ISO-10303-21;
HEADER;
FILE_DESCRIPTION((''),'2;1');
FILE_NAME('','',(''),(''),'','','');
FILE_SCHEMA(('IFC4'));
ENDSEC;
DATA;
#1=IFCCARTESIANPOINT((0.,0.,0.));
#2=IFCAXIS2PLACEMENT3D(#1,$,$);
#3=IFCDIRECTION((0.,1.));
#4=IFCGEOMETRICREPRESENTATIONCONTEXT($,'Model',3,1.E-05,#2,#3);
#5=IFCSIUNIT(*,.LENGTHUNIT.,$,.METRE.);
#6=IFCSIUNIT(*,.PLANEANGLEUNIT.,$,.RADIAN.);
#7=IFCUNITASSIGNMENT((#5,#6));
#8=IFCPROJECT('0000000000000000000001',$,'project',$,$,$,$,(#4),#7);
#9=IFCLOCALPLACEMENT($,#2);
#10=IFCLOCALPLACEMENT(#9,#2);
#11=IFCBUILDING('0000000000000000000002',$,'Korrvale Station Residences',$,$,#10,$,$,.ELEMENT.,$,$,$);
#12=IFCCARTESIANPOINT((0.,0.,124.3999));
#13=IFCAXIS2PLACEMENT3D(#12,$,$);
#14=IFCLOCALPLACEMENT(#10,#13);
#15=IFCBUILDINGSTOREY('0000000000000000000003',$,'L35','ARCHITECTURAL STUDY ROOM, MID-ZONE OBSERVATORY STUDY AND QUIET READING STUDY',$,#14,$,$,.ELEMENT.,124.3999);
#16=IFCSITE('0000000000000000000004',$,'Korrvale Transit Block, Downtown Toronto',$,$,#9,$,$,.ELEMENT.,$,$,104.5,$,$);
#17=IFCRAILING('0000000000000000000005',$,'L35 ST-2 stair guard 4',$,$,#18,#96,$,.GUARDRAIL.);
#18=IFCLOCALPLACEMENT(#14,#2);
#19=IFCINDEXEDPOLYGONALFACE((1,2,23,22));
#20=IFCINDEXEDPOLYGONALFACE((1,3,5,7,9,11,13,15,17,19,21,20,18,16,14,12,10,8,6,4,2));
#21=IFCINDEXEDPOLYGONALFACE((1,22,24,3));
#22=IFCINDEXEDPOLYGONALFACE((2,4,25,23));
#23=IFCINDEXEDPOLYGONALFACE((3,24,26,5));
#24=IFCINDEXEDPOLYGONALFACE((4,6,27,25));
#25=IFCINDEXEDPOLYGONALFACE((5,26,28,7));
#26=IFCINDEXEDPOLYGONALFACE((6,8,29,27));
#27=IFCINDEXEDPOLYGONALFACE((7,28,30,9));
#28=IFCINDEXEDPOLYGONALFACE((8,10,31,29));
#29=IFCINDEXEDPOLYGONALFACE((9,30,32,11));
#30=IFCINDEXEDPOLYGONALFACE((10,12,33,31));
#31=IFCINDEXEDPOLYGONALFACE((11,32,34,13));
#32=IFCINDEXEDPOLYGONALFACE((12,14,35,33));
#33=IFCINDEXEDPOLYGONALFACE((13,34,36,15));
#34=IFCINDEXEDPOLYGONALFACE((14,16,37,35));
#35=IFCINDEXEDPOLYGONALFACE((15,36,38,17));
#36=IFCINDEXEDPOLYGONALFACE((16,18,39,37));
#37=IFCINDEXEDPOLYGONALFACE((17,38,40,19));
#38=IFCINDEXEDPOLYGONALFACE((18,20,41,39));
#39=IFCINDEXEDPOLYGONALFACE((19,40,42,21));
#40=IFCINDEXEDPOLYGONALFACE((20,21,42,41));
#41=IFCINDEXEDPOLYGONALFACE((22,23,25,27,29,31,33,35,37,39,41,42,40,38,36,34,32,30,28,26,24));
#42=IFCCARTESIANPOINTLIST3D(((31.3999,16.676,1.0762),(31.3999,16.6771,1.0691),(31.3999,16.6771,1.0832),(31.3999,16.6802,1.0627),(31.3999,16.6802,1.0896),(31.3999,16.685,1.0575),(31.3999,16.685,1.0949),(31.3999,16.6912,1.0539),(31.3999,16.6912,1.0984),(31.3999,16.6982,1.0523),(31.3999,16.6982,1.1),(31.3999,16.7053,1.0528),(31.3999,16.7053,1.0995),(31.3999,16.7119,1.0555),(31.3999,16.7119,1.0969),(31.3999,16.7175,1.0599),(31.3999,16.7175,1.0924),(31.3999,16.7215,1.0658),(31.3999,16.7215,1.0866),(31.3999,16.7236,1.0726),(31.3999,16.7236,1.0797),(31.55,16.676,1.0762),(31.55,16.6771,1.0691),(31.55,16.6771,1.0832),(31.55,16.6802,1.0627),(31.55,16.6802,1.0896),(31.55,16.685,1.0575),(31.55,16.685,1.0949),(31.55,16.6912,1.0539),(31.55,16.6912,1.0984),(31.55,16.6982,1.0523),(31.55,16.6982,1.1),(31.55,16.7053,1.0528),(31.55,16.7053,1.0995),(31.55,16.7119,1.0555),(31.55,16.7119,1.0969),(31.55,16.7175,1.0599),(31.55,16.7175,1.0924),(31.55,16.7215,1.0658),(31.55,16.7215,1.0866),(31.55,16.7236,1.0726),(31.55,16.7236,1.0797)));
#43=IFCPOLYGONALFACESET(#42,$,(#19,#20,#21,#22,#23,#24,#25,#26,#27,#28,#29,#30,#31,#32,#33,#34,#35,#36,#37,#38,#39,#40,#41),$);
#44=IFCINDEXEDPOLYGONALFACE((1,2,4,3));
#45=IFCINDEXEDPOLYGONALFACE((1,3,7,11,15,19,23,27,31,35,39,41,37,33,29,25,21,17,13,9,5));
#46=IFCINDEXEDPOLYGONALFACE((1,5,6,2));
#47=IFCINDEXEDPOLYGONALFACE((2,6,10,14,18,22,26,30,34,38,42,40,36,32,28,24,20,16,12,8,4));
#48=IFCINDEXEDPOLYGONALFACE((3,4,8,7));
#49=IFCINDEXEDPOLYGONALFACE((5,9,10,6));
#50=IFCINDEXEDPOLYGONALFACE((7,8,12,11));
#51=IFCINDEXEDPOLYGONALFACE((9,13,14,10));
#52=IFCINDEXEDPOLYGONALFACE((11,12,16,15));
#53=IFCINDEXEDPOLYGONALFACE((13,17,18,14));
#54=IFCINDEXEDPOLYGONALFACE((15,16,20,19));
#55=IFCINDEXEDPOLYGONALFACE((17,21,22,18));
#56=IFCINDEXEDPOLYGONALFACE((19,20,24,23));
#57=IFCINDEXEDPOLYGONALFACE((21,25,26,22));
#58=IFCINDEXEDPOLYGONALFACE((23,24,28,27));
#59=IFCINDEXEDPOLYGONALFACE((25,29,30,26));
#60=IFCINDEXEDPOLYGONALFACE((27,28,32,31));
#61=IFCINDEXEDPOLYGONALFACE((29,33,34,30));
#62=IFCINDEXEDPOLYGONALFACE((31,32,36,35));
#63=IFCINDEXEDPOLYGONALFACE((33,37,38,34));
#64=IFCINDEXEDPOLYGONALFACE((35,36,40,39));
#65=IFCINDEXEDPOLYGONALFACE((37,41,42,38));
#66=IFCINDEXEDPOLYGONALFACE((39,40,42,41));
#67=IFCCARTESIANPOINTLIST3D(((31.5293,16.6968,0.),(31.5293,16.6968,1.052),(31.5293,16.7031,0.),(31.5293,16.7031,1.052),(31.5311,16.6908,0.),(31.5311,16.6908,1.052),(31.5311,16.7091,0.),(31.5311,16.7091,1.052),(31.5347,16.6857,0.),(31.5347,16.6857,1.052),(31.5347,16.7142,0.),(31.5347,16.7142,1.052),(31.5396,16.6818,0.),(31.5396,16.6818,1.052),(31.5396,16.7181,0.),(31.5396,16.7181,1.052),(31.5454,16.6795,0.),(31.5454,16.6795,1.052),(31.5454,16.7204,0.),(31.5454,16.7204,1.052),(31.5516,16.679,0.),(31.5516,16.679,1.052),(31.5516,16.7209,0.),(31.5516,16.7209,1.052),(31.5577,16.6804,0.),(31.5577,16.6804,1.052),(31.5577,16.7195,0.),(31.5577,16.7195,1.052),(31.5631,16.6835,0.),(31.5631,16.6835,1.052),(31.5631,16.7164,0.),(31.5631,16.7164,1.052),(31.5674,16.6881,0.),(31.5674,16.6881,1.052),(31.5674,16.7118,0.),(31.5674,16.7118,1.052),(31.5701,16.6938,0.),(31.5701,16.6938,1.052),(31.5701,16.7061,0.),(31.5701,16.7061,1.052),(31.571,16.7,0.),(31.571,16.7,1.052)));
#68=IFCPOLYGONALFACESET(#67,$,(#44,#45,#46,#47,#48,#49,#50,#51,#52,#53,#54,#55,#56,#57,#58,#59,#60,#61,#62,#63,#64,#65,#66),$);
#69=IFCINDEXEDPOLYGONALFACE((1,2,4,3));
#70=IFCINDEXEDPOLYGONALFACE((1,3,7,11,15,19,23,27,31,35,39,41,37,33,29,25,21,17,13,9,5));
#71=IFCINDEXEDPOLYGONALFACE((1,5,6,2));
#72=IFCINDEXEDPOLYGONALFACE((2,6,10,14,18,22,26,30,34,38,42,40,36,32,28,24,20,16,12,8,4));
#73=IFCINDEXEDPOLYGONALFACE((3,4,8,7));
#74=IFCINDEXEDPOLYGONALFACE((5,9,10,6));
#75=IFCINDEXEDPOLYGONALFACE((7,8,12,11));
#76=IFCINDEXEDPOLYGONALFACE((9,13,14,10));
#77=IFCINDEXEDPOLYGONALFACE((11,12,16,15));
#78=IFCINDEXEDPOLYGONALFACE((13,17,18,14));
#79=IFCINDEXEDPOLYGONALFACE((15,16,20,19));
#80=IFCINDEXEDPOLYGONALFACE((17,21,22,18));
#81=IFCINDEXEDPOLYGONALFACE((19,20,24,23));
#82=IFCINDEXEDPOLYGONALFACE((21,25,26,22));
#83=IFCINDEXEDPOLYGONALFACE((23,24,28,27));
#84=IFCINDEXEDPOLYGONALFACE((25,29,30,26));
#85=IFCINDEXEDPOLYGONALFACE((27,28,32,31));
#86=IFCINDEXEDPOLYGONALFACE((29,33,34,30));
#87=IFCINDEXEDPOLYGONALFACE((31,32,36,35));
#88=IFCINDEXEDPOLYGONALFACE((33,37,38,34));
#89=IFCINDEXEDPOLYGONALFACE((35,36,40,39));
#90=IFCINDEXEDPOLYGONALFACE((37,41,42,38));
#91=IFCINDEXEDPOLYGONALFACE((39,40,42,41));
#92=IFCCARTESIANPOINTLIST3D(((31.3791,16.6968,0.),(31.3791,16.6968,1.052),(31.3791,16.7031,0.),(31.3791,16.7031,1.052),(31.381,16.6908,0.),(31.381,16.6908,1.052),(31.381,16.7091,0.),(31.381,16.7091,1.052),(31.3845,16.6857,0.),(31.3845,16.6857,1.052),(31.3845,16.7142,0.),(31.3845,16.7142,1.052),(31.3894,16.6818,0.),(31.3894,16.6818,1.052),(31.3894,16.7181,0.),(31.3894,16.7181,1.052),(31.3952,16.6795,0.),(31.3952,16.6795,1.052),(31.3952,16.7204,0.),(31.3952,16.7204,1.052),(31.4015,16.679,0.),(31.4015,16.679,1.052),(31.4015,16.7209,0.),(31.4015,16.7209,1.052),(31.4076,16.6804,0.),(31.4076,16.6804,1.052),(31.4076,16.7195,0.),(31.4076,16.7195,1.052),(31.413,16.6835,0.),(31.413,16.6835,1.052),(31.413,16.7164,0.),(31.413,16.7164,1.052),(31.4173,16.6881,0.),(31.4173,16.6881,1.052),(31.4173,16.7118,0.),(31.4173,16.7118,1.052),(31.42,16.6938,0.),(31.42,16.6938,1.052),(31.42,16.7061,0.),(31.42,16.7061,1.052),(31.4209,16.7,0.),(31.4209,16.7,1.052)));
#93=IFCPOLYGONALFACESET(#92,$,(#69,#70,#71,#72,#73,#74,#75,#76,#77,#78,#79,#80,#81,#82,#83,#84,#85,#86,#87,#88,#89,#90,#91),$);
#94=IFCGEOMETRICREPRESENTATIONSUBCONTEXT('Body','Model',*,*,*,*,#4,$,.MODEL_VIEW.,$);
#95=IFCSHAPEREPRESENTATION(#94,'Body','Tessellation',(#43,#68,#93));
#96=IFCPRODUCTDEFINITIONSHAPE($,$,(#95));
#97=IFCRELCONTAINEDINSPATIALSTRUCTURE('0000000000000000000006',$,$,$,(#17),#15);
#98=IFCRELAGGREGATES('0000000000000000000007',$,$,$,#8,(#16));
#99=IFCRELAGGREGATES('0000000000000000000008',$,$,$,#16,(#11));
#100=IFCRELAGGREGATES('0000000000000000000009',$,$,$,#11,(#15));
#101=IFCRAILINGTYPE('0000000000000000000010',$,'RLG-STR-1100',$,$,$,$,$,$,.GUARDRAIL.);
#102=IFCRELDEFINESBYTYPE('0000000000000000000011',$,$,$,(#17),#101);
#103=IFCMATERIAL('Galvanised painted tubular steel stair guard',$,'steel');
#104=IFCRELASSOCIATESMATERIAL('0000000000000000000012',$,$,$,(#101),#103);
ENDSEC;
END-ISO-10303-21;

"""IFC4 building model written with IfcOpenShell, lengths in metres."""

from ifc_helpers import new_model, si_unit, direction, frame, origin, origin_2d, place, context, subcontext, project, spatial, circle, extrude, material, type_object, element, save


model = new_model("IFC4")

# Units and contexts
model_context = context("Model", 3, precision=1e-05, world=origin(), true_north=direction((0.0, 1.0)))
body_context = subcontext(model_context, "Body", "Model", "MODEL_VIEW")
ifc_project = project(units=[si_unit("LENGTHUNIT", "METRE"), si_unit("PLANEANGLEUNIT", "RADIAN")], contexts=[model_context])

# Site, building, storey
site_placement = place(None, origin())
site = spatial("IfcSite", under=ifc_project, at=site_placement, Name="Korrvale Transit Block, Downtown Toronto", CompositionType="ELEMENT", RefElevation=104.5)
building_placement = place(site_placement, origin())
building = spatial("IfcBuilding", under=site, at=building_placement, Name="Korrvale Station Residences", CompositionType="ELEMENT")
storey_placement = place(building_placement, frame((0.0, 0.0, 124.3999)))
storey = spatial("IfcBuildingStorey", under=building, at=storey_placement, Name="L35", Description="ARCHITECTURAL STUDY ROOM, MID-ZONE OBSERVATORY STUDY AND QUIET READING STUDY", CompositionType="ELEMENT", Elevation=124.3999)

# Railing
ifc_material_1 = material(Name="Galvanised painted tubular steel stair guard", Category="steel")
railing_type_1 = type_object("IfcRailingType", Name="RLG-STR-1100", PredefinedType="GUARDRAIL", material=ifc_material_1)
railing_1_placement = place(storey_placement, frame((31.55, 16.7, 0.0)))
element("IfcRailing", 1, at=railing_1_placement, inside=storey, type_object=railing_type_1, Name="L35 ST-2 stair guard 4", PredefinedType="GUARDRAIL", context=body_context, shape_type="SweptSolid", body=[
    extrude(circle(Radius=0.0239, at=origin_2d()), frame((0.0, 0.0, 1.0762), z_axis=(-1.0, 0.0, 0.0), x_axis=(0.0, -1.0, 0.0)), (0.0, 0.0, 1.0), 0.1501),
    extrude(circle(Radius=0.021, at=origin_2d()), origin(), (0.0, 0.0, 1.0), 1.052),
    extrude(circle(Radius=0.021, at=origin_2d()), frame((-0.1501, 0.0, 0.0)), (0.0, 0.0, 1.0), 1.052),
])

save(model, "model.ifc")
